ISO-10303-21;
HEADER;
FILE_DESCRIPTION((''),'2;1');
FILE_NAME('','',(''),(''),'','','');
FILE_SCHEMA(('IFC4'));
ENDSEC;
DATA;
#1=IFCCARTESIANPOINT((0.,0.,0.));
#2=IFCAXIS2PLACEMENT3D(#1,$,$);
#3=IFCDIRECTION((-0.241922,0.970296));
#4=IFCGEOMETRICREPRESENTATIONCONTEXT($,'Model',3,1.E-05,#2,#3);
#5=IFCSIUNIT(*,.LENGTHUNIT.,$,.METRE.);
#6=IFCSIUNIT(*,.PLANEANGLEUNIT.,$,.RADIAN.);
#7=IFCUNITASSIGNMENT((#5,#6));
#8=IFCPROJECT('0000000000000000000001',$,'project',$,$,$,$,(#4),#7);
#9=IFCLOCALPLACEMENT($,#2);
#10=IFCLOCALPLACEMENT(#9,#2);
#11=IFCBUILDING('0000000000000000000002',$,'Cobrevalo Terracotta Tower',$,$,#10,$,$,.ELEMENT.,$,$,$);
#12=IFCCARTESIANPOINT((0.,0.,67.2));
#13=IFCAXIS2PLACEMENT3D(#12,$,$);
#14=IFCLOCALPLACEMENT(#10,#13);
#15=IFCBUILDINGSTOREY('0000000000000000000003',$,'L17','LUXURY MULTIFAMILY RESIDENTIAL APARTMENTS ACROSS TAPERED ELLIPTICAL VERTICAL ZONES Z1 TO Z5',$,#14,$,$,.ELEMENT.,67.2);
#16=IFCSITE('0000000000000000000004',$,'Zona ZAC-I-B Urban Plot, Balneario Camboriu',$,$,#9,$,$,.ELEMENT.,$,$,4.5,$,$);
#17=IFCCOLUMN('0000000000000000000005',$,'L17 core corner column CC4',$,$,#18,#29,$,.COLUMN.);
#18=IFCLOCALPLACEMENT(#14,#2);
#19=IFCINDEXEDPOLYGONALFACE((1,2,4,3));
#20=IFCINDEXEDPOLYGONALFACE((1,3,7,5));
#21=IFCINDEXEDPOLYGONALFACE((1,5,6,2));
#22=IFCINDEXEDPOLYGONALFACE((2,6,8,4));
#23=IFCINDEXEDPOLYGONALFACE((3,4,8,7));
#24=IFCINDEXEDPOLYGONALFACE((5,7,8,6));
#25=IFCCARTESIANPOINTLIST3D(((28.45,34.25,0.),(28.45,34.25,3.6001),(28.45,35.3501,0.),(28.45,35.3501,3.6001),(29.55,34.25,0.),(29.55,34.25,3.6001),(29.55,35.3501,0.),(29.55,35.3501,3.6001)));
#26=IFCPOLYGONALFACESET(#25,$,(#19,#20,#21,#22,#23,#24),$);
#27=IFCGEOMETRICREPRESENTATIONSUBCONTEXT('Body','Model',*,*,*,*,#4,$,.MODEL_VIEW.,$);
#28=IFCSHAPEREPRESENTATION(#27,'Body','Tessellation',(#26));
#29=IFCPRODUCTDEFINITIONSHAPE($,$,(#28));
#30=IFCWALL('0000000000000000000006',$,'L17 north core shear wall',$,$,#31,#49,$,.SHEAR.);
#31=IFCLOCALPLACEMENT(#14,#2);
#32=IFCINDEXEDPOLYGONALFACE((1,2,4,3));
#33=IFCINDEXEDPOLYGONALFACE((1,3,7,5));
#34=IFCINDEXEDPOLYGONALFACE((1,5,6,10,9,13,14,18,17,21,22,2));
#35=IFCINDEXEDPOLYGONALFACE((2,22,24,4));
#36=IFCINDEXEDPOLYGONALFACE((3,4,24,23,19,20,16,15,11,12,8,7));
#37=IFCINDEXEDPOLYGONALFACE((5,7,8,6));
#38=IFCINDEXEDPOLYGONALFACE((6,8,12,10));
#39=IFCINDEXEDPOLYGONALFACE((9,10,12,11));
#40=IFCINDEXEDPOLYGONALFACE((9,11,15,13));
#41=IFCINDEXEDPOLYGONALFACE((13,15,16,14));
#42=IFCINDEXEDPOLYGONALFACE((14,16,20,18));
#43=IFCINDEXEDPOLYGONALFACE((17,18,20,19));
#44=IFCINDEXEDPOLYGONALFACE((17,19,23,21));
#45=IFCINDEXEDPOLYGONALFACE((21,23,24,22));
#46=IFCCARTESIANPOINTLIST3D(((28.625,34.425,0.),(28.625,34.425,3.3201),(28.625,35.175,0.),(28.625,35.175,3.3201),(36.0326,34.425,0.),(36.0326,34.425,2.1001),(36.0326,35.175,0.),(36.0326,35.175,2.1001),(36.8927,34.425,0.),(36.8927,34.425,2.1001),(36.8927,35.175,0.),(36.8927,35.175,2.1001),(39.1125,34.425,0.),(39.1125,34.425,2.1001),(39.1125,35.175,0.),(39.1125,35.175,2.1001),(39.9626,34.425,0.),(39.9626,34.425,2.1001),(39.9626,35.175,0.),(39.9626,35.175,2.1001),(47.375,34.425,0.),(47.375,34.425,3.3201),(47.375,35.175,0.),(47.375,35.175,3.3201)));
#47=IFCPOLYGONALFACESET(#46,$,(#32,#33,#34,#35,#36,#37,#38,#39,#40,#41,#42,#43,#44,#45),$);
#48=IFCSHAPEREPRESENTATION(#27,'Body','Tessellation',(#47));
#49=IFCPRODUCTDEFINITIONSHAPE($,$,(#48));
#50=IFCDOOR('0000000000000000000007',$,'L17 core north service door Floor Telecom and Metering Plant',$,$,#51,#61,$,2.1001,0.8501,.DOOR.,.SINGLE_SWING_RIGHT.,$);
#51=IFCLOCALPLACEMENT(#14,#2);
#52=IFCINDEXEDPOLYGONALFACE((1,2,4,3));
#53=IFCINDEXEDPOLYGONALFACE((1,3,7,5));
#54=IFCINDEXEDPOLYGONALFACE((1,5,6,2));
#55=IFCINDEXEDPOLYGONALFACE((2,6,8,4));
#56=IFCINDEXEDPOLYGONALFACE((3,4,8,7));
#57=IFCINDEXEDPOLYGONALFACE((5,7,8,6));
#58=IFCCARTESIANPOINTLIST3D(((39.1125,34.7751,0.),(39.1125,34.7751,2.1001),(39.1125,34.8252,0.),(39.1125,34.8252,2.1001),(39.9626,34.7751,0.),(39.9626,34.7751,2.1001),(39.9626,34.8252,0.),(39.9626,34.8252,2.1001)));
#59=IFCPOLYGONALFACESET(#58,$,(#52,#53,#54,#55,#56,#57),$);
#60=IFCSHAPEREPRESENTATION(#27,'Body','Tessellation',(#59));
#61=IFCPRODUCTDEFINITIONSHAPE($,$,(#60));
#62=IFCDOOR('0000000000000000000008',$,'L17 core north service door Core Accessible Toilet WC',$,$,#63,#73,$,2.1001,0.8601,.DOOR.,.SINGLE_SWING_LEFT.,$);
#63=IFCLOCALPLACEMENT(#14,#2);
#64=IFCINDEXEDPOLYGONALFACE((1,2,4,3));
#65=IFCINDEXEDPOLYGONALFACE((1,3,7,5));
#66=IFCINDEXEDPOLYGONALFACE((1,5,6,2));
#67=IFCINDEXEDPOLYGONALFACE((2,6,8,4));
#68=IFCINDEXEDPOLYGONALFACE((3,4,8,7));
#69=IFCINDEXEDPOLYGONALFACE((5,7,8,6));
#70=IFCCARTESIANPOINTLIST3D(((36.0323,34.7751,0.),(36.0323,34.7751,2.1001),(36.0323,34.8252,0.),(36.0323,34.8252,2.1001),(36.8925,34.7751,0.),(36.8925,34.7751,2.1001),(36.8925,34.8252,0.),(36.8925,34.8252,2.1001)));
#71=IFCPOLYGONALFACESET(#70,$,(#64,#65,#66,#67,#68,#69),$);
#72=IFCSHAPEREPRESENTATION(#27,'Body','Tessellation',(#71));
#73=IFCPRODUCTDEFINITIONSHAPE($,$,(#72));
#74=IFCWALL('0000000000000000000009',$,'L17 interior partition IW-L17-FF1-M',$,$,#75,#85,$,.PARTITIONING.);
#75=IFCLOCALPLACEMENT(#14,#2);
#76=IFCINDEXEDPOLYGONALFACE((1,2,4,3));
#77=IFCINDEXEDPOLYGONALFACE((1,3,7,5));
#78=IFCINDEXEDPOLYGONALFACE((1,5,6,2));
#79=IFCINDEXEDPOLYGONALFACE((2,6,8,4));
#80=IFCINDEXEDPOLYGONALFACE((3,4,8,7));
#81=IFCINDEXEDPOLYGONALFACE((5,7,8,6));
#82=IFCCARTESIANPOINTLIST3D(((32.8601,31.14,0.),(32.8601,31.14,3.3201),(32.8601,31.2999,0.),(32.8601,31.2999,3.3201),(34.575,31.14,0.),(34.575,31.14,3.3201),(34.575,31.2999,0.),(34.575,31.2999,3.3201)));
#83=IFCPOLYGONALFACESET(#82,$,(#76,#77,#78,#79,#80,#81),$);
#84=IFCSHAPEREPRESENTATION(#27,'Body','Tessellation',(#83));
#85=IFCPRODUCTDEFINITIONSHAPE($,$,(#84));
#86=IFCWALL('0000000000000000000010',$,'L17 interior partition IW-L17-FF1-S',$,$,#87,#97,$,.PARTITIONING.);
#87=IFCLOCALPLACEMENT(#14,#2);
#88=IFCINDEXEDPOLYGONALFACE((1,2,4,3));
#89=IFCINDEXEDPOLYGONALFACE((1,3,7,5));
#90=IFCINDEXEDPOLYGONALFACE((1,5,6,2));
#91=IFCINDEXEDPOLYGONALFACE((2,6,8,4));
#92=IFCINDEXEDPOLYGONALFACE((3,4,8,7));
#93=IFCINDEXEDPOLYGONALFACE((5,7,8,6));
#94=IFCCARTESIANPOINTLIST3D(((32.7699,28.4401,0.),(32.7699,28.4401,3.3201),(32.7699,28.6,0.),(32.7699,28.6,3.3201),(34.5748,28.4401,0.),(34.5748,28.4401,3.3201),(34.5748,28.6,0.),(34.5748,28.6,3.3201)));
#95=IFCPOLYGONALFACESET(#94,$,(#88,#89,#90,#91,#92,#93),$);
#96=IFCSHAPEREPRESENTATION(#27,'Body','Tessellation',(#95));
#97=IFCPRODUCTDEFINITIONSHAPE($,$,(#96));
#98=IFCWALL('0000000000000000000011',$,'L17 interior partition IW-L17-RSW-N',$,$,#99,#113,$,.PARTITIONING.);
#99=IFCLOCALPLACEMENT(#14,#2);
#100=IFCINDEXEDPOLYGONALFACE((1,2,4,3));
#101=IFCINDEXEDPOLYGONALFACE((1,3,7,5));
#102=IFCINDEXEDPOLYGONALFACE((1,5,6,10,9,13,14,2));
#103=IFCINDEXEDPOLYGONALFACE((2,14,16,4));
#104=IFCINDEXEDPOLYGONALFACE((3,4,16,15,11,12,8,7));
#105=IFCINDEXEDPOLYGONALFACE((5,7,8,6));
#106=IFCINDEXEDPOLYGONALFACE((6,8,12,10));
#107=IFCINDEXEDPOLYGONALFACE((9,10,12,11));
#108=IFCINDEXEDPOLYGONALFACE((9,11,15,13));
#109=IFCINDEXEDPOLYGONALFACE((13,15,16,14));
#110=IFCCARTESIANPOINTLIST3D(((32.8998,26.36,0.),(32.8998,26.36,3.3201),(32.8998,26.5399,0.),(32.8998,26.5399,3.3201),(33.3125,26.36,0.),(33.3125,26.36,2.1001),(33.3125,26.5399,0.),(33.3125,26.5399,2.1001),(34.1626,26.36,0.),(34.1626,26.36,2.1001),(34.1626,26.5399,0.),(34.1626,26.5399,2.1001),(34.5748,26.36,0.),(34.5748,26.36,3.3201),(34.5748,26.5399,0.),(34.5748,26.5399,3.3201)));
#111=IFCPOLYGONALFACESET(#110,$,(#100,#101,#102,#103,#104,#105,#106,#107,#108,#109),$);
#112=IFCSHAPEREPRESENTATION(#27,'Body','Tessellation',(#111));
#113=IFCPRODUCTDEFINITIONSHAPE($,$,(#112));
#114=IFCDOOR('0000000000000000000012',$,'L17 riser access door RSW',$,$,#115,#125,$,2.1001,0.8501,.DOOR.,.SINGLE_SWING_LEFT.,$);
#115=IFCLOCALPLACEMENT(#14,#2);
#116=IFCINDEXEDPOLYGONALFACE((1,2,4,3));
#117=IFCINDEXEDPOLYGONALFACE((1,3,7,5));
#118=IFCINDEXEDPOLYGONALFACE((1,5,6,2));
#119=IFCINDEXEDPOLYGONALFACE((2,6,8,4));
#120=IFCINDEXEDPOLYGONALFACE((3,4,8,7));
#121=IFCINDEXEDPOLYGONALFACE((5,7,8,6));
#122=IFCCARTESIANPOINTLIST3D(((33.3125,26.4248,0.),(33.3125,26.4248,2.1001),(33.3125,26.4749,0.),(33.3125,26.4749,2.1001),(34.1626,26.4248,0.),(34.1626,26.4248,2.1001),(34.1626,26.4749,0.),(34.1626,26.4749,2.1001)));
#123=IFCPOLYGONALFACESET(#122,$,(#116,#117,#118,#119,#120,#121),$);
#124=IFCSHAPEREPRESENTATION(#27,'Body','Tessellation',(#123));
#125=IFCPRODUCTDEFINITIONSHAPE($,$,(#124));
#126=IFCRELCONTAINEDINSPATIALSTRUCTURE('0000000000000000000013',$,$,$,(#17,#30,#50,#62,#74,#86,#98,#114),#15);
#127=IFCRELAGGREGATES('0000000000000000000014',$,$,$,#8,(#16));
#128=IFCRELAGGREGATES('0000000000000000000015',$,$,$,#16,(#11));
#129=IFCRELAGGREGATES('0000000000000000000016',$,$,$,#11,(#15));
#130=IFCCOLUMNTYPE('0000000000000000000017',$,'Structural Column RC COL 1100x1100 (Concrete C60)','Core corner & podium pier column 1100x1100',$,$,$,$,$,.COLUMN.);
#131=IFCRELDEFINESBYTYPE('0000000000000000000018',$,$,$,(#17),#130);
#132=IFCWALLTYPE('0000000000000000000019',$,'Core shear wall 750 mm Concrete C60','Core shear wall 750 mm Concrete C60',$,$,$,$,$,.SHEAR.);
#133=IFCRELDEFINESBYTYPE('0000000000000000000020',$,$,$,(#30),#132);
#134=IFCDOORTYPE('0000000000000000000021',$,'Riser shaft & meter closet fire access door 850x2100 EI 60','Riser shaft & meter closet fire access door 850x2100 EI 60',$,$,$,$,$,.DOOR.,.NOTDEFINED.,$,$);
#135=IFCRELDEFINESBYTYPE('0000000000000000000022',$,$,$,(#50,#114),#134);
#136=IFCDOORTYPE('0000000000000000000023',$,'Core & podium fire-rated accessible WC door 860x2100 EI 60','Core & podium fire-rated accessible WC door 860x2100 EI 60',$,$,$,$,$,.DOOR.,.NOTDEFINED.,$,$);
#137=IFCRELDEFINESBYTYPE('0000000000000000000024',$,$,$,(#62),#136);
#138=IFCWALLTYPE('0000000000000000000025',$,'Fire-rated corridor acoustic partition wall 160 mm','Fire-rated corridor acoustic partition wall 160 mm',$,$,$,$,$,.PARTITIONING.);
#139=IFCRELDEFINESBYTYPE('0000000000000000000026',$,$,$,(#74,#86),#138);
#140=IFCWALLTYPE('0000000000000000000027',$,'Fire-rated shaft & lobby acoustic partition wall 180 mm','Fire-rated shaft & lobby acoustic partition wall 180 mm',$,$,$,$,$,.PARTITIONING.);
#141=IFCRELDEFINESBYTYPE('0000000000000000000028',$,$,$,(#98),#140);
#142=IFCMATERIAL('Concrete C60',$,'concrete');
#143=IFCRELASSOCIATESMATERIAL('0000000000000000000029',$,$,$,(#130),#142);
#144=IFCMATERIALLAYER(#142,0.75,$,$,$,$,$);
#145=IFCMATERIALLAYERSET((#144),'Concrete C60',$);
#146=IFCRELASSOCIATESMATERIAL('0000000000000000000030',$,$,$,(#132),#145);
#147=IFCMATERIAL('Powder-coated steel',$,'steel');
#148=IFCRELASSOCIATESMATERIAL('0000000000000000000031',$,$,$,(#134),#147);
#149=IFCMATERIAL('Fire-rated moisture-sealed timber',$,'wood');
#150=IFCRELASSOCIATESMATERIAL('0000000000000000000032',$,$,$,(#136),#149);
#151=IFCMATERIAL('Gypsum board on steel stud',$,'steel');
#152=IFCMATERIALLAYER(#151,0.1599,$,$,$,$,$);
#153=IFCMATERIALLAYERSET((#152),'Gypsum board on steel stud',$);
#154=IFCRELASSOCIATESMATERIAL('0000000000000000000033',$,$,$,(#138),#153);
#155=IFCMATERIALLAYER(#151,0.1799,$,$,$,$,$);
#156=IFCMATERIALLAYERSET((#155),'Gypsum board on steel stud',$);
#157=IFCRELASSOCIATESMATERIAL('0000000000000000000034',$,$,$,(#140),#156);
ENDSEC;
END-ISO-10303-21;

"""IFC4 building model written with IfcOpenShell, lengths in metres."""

from ifc_helpers import new_model, si_unit, direction, frame, frame_2d, origin, origin_2d, place, context, subcontext, project, spatial, rectangle, extrude, source, transform, mapped, material, layer, layer_set, material_profile, profile_set, type_object, element, fill, save


model = new_model("IFC4")

# Units and contexts
model_context = context("Model", 3, precision=1e-05, world=origin(), true_north=direction((-0.241922, 0.970296)))
body_context = subcontext(model_context, "Body", "Model", "MODEL_VIEW")
ifc_project = project(units=[si_unit("LENGTHUNIT", "METRE"), si_unit("PLANEANGLEUNIT", "RADIAN")], contexts=[model_context])

# Site, building, storey
site_placement = place(None, origin())
site = spatial("IfcSite", under=ifc_project, at=site_placement, Name="Zona ZAC-I-B Urban Plot, Balneario Camboriu", CompositionType="ELEMENT", RefElevation=4.5)
building_placement = place(site_placement, origin())
building = spatial("IfcBuilding", under=site, at=building_placement, Name="Cobrevalo Terracotta Tower", CompositionType="ELEMENT")
storey_placement = place(building_placement, frame((0.0, 0.0, 67.2)))
storey = spatial("IfcBuildingStorey", under=building, at=storey_placement, Name="L17", Description="LUXURY MULTIFAMILY RESIDENTIAL APARTMENTS ACROSS TAPERED ELLIPTICAL VERTICAL ZONES Z1 TO Z5", CompositionType="ELEMENT", Elevation=67.2)

# Column
ifc_material_1 = material(Name="Concrete C60", Category="concrete")
ifc_material_profile = material_profile(ifc_material_1, rectangle(XDim=1.1001, YDim=1.1001, at=origin_2d()), Name="RC COL 1100x1100")
ifc_profile_set = profile_set([ifc_material_profile], Name="Concrete C60")
column_type = type_object("IfcColumnType", Name="Structural Column RC COL 1100x1100 (Concrete C60)", Description="Core corner & podium pier column 1100x1100", PredefinedType="COLUMN", material=ifc_profile_set)
column_placement = place(storey_placement, frame((29.0, 34.8, 0.0), z_axis=(0.0, 0.0, 1.0), x_axis=(1.0, 0.0, 0.0)))
element("IfcColumn", 1, at=column_placement, inside=storey, type_object=column_type, Name="L17 core corner column CC4", PredefinedType="COLUMN", context=body_context, shape_type="SweptSolid", body=[
    extrude(rectangle(XDim=1.1001, YDim=1.1001, at=origin_2d()), origin(), (0.0, 0.0, 1.0), 3.6001),
])

# Wall, openings, doors
ifc_layer_1 = layer(ifc_material_1, 0.75)
ifc_layer_set_1 = layer_set([ifc_layer_1], Name="Concrete C60")
wall_type_1 = type_object("IfcWallType", Name="Core shear wall 750 mm Concrete C60", Description="Core shear wall 750 mm Concrete C60", PredefinedType="SHEAR", material=ifc_layer_set_1)
wall_1_placement = place(storey_placement, frame((28.625, 34.8, 0.0), z_axis=(0.0, 0.0, 1.0), x_axis=(1.0, 0.0, 0.0)))
wall_1 = element("IfcWall", 2, at=wall_1_placement, inside=storey, type_object=wall_type_1, Name="L17 north core shear wall", PredefinedType="SHEAR", context=body_context, shape_type="SweptSolid", body=[
    extrude(rectangle(XDim=18.75, YDim=0.75, at=frame_2d((9.375, 0.0))), origin(), (0.0, 0.0, 1.0), 3.3201),
])
opening_1_placement = place(wall_1_placement, frame((7.4075, 0.0, 0.0)))
opening_1 = element("IfcOpeningElement", 3, at=opening_1_placement, cuts=wall_1, PredefinedType="OPENING", context=body_context, shape_type="SweptSolid", body=[
    extrude(rectangle(XDim=0.8601, YDim=2.1001, at=frame_2d((0.4302, 1.05))), frame((0.0, 0.385, 0.0), z_axis=(0.0, -1.0, 0.0), x_axis=(1.0, 0.0, 0.0)), (0.0, 0.0, 1.0), 0.77),
])
opening_2_placement = place(wall_1_placement, frame((10.4875, 0.0, 0.0)))
opening_2 = element("IfcOpeningElement", 4, at=opening_2_placement, cuts=wall_1, PredefinedType="OPENING", context=body_context, shape_type="SweptSolid", body=[
    extrude(rectangle(XDim=0.8501, YDim=2.1001, at=frame_2d((0.425, 1.05))), frame((0.0, 0.385, 0.0), z_axis=(0.0, -1.0, 0.0), x_axis=(1.0, 0.0, 0.0)), (0.0, 0.0, 1.0), 0.77),
])
ifc_material_2 = material(Name="Powder-coated steel", Category="steel")
door_type_1 = type_object("IfcDoorType", Name="Riser shaft & meter closet fire access door 850x2100 EI 60", Description="Riser shaft & meter closet fire access door 850x2100 EI 60", OperationType="NOTDEFINED", PredefinedType="DOOR", material=ifc_material_2)
shared_shape_1 = source(origin(), body_context, "Body", "SweptSolid", [
    extrude(rectangle(XDim=0.8501, YDim=2.1001, at=frame_2d((0.425, 1.05))), frame((0.0, 0.0249, 0.0), z_axis=(0.0, -1.0, 0.0), x_axis=(1.0, 0.0, 0.0)), (0.0, 0.0, 1.0), 0.05),
])
door_1_placement = place(opening_2_placement, frame((0.8501, 0.0, 0.0), z_axis=(0.0, 0.0, 1.0), x_axis=(-1.0, 0.0, 0.0)))
door_1 = element("IfcDoor", 5, at=door_1_placement, inside=storey, type_object=door_type_1, Name="L17 core north service door Floor Telecom and Metering Plant", OperationType="SINGLE_SWING_RIGHT", OverallHeight=2.1001, OverallWidth=0.8501, PredefinedType="DOOR", context=body_context, shape_type="MappedRepresentation", body=[
    mapped(shared_shape_1, transform((0.0, 0.0, 0.0), scale=1.0)),
])
fill(opening_2, door_1)
ifc_material_3 = material(Name="Fire-rated moisture-sealed timber", Category="wood")
door_type_2 = type_object("IfcDoorType", Name="Core & podium fire-rated accessible WC door 860x2100 EI 60", Description="Core & podium fire-rated accessible WC door 860x2100 EI 60", OperationType="NOTDEFINED", PredefinedType="DOOR", material=ifc_material_3)
shared_shape_2 = source(origin(), body_context, "Body", "SweptSolid", [
    extrude(rectangle(XDim=0.8601, YDim=2.1001, at=frame_2d((0.4302, 1.05))), frame((0.0, 0.0249, 0.0), z_axis=(0.0, -1.0, 0.0), x_axis=(1.0, 0.0, 0.0)), (0.0, 0.0, 1.0), 0.05),
])
door_2_placement = place(opening_1_placement, frame((0.8601, 0.0, 0.0), z_axis=(0.0, 0.0, 1.0), x_axis=(-1.0, 0.0, 0.0)))
door_2 = element("IfcDoor", 6, at=door_2_placement, inside=storey, type_object=door_type_2, Name="L17 core north service door Core Accessible Toilet WC", OperationType="SINGLE_SWING_LEFT", OverallHeight=2.1001, OverallWidth=0.8601, PredefinedType="DOOR", context=body_context, shape_type="MappedRepresentation", body=[
    mapped(shared_shape_2, transform((0.0, 0.0, 0.0), scale=1.0)),
])
fill(opening_1, door_2)

# Walls
ifc_material_4 = material(Name="Gypsum board on steel stud", Category="steel")
ifc_layer_2 = layer(ifc_material_4, 0.1599)
ifc_layer_set_2 = layer_set([ifc_layer_2], Name="Gypsum board on steel stud")
wall_type_2 = type_object("IfcWallType", Name="Fire-rated corridor acoustic partition wall 160 mm", Description="Fire-rated corridor acoustic partition wall 160 mm", PredefinedType="PARTITIONING", material=ifc_layer_set_2)
wall_2_placement = place(storey_placement, frame((32.8601, 31.22, 0.0), z_axis=(0.0, 0.0, 1.0), x_axis=(1.0, 0.0, 0.0)))
element("IfcWall", 7, at=wall_2_placement, inside=storey, type_object=wall_type_2, Name="L17 interior partition IW-L17-FF1-M", PredefinedType="PARTITIONING", context=body_context, shape_type="SweptSolid", body=[
    extrude(rectangle(XDim=1.7148, YDim=0.1599, at=frame_2d((0.8574, 0.0))), origin(), (0.0, 0.0, 1.0), 3.3201),
])
wall_3_placement = place(storey_placement, frame((32.77, 28.52, 0.0), z_axis=(0.0, 0.0, 1.0), x_axis=(1.0, 0.0, 0.0)))
element("IfcWall", 8, at=wall_3_placement, inside=storey, type_object=wall_type_2, Name="L17 interior partition IW-L17-FF1-S", PredefinedType="PARTITIONING", context=body_context, shape_type="SweptSolid", body=[
    extrude(rectangle(XDim=1.8049, YDim=0.1599, at=frame_2d((0.9023, 0.0))), origin(), (0.0, 0.0, 1.0), 3.3201),
])

# Wall, opening, door
ifc_layer_3 = layer(ifc_material_4, 0.1799)
ifc_layer_set_3 = layer_set([ifc_layer_3], Name="Gypsum board on steel stud")
wall_type_3 = type_object("IfcWallType", Name="Fire-rated shaft & lobby acoustic partition wall 180 mm", Description="Fire-rated shaft & lobby acoustic partition wall 180 mm", PredefinedType="PARTITIONING", material=ifc_layer_set_3)
wall_4_placement = place(storey_placement, frame((32.8999, 26.45, 0.0), z_axis=(0.0, 0.0, 1.0), x_axis=(1.0, 0.0, 0.0)))
wall_4 = element("IfcWall", 9, at=wall_4_placement, inside=storey, type_object=wall_type_3, Name="L17 interior partition IW-L17-RSW-N", PredefinedType="PARTITIONING", context=body_context, shape_type="SweptSolid", body=[
    extrude(rectangle(XDim=1.675, YDim=0.1799, at=frame_2d((0.8374, 0.0))), origin(), (0.0, 0.0, 1.0), 3.3201),
])
opening_3_placement = place(wall_4_placement, frame((0.4126, 0.0, 0.0)))
opening_3 = element("IfcOpeningElement", 10, at=opening_3_placement, cuts=wall_4, PredefinedType="OPENING", context=body_context, shape_type="SweptSolid", body=[
    extrude(rectangle(XDim=0.8501, YDim=2.1001, at=frame_2d((0.425, 1.05))), frame((0.0, 0.1001, 0.0), z_axis=(0.0, -1.0, 0.0), x_axis=(1.0, 0.0, 0.0)), (0.0, 0.0, 1.0), 0.2),
])
door_3_placement = place(opening_3_placement, origin())
door_3 = element("IfcDoor", 11, at=door_3_placement, inside=storey, type_object=door_type_1, Name="L17 riser access door RSW", OperationType="SINGLE_SWING_LEFT", OverallHeight=2.1001, OverallWidth=0.8501, PredefinedType="DOOR", context=body_context, shape_type="MappedRepresentation", body=[
    mapped(shared_shape_1, transform((0.0, 0.0, 0.0), scale=1.0)),
])
fill(opening_3, door_3)

save(model, "model.ifc")
